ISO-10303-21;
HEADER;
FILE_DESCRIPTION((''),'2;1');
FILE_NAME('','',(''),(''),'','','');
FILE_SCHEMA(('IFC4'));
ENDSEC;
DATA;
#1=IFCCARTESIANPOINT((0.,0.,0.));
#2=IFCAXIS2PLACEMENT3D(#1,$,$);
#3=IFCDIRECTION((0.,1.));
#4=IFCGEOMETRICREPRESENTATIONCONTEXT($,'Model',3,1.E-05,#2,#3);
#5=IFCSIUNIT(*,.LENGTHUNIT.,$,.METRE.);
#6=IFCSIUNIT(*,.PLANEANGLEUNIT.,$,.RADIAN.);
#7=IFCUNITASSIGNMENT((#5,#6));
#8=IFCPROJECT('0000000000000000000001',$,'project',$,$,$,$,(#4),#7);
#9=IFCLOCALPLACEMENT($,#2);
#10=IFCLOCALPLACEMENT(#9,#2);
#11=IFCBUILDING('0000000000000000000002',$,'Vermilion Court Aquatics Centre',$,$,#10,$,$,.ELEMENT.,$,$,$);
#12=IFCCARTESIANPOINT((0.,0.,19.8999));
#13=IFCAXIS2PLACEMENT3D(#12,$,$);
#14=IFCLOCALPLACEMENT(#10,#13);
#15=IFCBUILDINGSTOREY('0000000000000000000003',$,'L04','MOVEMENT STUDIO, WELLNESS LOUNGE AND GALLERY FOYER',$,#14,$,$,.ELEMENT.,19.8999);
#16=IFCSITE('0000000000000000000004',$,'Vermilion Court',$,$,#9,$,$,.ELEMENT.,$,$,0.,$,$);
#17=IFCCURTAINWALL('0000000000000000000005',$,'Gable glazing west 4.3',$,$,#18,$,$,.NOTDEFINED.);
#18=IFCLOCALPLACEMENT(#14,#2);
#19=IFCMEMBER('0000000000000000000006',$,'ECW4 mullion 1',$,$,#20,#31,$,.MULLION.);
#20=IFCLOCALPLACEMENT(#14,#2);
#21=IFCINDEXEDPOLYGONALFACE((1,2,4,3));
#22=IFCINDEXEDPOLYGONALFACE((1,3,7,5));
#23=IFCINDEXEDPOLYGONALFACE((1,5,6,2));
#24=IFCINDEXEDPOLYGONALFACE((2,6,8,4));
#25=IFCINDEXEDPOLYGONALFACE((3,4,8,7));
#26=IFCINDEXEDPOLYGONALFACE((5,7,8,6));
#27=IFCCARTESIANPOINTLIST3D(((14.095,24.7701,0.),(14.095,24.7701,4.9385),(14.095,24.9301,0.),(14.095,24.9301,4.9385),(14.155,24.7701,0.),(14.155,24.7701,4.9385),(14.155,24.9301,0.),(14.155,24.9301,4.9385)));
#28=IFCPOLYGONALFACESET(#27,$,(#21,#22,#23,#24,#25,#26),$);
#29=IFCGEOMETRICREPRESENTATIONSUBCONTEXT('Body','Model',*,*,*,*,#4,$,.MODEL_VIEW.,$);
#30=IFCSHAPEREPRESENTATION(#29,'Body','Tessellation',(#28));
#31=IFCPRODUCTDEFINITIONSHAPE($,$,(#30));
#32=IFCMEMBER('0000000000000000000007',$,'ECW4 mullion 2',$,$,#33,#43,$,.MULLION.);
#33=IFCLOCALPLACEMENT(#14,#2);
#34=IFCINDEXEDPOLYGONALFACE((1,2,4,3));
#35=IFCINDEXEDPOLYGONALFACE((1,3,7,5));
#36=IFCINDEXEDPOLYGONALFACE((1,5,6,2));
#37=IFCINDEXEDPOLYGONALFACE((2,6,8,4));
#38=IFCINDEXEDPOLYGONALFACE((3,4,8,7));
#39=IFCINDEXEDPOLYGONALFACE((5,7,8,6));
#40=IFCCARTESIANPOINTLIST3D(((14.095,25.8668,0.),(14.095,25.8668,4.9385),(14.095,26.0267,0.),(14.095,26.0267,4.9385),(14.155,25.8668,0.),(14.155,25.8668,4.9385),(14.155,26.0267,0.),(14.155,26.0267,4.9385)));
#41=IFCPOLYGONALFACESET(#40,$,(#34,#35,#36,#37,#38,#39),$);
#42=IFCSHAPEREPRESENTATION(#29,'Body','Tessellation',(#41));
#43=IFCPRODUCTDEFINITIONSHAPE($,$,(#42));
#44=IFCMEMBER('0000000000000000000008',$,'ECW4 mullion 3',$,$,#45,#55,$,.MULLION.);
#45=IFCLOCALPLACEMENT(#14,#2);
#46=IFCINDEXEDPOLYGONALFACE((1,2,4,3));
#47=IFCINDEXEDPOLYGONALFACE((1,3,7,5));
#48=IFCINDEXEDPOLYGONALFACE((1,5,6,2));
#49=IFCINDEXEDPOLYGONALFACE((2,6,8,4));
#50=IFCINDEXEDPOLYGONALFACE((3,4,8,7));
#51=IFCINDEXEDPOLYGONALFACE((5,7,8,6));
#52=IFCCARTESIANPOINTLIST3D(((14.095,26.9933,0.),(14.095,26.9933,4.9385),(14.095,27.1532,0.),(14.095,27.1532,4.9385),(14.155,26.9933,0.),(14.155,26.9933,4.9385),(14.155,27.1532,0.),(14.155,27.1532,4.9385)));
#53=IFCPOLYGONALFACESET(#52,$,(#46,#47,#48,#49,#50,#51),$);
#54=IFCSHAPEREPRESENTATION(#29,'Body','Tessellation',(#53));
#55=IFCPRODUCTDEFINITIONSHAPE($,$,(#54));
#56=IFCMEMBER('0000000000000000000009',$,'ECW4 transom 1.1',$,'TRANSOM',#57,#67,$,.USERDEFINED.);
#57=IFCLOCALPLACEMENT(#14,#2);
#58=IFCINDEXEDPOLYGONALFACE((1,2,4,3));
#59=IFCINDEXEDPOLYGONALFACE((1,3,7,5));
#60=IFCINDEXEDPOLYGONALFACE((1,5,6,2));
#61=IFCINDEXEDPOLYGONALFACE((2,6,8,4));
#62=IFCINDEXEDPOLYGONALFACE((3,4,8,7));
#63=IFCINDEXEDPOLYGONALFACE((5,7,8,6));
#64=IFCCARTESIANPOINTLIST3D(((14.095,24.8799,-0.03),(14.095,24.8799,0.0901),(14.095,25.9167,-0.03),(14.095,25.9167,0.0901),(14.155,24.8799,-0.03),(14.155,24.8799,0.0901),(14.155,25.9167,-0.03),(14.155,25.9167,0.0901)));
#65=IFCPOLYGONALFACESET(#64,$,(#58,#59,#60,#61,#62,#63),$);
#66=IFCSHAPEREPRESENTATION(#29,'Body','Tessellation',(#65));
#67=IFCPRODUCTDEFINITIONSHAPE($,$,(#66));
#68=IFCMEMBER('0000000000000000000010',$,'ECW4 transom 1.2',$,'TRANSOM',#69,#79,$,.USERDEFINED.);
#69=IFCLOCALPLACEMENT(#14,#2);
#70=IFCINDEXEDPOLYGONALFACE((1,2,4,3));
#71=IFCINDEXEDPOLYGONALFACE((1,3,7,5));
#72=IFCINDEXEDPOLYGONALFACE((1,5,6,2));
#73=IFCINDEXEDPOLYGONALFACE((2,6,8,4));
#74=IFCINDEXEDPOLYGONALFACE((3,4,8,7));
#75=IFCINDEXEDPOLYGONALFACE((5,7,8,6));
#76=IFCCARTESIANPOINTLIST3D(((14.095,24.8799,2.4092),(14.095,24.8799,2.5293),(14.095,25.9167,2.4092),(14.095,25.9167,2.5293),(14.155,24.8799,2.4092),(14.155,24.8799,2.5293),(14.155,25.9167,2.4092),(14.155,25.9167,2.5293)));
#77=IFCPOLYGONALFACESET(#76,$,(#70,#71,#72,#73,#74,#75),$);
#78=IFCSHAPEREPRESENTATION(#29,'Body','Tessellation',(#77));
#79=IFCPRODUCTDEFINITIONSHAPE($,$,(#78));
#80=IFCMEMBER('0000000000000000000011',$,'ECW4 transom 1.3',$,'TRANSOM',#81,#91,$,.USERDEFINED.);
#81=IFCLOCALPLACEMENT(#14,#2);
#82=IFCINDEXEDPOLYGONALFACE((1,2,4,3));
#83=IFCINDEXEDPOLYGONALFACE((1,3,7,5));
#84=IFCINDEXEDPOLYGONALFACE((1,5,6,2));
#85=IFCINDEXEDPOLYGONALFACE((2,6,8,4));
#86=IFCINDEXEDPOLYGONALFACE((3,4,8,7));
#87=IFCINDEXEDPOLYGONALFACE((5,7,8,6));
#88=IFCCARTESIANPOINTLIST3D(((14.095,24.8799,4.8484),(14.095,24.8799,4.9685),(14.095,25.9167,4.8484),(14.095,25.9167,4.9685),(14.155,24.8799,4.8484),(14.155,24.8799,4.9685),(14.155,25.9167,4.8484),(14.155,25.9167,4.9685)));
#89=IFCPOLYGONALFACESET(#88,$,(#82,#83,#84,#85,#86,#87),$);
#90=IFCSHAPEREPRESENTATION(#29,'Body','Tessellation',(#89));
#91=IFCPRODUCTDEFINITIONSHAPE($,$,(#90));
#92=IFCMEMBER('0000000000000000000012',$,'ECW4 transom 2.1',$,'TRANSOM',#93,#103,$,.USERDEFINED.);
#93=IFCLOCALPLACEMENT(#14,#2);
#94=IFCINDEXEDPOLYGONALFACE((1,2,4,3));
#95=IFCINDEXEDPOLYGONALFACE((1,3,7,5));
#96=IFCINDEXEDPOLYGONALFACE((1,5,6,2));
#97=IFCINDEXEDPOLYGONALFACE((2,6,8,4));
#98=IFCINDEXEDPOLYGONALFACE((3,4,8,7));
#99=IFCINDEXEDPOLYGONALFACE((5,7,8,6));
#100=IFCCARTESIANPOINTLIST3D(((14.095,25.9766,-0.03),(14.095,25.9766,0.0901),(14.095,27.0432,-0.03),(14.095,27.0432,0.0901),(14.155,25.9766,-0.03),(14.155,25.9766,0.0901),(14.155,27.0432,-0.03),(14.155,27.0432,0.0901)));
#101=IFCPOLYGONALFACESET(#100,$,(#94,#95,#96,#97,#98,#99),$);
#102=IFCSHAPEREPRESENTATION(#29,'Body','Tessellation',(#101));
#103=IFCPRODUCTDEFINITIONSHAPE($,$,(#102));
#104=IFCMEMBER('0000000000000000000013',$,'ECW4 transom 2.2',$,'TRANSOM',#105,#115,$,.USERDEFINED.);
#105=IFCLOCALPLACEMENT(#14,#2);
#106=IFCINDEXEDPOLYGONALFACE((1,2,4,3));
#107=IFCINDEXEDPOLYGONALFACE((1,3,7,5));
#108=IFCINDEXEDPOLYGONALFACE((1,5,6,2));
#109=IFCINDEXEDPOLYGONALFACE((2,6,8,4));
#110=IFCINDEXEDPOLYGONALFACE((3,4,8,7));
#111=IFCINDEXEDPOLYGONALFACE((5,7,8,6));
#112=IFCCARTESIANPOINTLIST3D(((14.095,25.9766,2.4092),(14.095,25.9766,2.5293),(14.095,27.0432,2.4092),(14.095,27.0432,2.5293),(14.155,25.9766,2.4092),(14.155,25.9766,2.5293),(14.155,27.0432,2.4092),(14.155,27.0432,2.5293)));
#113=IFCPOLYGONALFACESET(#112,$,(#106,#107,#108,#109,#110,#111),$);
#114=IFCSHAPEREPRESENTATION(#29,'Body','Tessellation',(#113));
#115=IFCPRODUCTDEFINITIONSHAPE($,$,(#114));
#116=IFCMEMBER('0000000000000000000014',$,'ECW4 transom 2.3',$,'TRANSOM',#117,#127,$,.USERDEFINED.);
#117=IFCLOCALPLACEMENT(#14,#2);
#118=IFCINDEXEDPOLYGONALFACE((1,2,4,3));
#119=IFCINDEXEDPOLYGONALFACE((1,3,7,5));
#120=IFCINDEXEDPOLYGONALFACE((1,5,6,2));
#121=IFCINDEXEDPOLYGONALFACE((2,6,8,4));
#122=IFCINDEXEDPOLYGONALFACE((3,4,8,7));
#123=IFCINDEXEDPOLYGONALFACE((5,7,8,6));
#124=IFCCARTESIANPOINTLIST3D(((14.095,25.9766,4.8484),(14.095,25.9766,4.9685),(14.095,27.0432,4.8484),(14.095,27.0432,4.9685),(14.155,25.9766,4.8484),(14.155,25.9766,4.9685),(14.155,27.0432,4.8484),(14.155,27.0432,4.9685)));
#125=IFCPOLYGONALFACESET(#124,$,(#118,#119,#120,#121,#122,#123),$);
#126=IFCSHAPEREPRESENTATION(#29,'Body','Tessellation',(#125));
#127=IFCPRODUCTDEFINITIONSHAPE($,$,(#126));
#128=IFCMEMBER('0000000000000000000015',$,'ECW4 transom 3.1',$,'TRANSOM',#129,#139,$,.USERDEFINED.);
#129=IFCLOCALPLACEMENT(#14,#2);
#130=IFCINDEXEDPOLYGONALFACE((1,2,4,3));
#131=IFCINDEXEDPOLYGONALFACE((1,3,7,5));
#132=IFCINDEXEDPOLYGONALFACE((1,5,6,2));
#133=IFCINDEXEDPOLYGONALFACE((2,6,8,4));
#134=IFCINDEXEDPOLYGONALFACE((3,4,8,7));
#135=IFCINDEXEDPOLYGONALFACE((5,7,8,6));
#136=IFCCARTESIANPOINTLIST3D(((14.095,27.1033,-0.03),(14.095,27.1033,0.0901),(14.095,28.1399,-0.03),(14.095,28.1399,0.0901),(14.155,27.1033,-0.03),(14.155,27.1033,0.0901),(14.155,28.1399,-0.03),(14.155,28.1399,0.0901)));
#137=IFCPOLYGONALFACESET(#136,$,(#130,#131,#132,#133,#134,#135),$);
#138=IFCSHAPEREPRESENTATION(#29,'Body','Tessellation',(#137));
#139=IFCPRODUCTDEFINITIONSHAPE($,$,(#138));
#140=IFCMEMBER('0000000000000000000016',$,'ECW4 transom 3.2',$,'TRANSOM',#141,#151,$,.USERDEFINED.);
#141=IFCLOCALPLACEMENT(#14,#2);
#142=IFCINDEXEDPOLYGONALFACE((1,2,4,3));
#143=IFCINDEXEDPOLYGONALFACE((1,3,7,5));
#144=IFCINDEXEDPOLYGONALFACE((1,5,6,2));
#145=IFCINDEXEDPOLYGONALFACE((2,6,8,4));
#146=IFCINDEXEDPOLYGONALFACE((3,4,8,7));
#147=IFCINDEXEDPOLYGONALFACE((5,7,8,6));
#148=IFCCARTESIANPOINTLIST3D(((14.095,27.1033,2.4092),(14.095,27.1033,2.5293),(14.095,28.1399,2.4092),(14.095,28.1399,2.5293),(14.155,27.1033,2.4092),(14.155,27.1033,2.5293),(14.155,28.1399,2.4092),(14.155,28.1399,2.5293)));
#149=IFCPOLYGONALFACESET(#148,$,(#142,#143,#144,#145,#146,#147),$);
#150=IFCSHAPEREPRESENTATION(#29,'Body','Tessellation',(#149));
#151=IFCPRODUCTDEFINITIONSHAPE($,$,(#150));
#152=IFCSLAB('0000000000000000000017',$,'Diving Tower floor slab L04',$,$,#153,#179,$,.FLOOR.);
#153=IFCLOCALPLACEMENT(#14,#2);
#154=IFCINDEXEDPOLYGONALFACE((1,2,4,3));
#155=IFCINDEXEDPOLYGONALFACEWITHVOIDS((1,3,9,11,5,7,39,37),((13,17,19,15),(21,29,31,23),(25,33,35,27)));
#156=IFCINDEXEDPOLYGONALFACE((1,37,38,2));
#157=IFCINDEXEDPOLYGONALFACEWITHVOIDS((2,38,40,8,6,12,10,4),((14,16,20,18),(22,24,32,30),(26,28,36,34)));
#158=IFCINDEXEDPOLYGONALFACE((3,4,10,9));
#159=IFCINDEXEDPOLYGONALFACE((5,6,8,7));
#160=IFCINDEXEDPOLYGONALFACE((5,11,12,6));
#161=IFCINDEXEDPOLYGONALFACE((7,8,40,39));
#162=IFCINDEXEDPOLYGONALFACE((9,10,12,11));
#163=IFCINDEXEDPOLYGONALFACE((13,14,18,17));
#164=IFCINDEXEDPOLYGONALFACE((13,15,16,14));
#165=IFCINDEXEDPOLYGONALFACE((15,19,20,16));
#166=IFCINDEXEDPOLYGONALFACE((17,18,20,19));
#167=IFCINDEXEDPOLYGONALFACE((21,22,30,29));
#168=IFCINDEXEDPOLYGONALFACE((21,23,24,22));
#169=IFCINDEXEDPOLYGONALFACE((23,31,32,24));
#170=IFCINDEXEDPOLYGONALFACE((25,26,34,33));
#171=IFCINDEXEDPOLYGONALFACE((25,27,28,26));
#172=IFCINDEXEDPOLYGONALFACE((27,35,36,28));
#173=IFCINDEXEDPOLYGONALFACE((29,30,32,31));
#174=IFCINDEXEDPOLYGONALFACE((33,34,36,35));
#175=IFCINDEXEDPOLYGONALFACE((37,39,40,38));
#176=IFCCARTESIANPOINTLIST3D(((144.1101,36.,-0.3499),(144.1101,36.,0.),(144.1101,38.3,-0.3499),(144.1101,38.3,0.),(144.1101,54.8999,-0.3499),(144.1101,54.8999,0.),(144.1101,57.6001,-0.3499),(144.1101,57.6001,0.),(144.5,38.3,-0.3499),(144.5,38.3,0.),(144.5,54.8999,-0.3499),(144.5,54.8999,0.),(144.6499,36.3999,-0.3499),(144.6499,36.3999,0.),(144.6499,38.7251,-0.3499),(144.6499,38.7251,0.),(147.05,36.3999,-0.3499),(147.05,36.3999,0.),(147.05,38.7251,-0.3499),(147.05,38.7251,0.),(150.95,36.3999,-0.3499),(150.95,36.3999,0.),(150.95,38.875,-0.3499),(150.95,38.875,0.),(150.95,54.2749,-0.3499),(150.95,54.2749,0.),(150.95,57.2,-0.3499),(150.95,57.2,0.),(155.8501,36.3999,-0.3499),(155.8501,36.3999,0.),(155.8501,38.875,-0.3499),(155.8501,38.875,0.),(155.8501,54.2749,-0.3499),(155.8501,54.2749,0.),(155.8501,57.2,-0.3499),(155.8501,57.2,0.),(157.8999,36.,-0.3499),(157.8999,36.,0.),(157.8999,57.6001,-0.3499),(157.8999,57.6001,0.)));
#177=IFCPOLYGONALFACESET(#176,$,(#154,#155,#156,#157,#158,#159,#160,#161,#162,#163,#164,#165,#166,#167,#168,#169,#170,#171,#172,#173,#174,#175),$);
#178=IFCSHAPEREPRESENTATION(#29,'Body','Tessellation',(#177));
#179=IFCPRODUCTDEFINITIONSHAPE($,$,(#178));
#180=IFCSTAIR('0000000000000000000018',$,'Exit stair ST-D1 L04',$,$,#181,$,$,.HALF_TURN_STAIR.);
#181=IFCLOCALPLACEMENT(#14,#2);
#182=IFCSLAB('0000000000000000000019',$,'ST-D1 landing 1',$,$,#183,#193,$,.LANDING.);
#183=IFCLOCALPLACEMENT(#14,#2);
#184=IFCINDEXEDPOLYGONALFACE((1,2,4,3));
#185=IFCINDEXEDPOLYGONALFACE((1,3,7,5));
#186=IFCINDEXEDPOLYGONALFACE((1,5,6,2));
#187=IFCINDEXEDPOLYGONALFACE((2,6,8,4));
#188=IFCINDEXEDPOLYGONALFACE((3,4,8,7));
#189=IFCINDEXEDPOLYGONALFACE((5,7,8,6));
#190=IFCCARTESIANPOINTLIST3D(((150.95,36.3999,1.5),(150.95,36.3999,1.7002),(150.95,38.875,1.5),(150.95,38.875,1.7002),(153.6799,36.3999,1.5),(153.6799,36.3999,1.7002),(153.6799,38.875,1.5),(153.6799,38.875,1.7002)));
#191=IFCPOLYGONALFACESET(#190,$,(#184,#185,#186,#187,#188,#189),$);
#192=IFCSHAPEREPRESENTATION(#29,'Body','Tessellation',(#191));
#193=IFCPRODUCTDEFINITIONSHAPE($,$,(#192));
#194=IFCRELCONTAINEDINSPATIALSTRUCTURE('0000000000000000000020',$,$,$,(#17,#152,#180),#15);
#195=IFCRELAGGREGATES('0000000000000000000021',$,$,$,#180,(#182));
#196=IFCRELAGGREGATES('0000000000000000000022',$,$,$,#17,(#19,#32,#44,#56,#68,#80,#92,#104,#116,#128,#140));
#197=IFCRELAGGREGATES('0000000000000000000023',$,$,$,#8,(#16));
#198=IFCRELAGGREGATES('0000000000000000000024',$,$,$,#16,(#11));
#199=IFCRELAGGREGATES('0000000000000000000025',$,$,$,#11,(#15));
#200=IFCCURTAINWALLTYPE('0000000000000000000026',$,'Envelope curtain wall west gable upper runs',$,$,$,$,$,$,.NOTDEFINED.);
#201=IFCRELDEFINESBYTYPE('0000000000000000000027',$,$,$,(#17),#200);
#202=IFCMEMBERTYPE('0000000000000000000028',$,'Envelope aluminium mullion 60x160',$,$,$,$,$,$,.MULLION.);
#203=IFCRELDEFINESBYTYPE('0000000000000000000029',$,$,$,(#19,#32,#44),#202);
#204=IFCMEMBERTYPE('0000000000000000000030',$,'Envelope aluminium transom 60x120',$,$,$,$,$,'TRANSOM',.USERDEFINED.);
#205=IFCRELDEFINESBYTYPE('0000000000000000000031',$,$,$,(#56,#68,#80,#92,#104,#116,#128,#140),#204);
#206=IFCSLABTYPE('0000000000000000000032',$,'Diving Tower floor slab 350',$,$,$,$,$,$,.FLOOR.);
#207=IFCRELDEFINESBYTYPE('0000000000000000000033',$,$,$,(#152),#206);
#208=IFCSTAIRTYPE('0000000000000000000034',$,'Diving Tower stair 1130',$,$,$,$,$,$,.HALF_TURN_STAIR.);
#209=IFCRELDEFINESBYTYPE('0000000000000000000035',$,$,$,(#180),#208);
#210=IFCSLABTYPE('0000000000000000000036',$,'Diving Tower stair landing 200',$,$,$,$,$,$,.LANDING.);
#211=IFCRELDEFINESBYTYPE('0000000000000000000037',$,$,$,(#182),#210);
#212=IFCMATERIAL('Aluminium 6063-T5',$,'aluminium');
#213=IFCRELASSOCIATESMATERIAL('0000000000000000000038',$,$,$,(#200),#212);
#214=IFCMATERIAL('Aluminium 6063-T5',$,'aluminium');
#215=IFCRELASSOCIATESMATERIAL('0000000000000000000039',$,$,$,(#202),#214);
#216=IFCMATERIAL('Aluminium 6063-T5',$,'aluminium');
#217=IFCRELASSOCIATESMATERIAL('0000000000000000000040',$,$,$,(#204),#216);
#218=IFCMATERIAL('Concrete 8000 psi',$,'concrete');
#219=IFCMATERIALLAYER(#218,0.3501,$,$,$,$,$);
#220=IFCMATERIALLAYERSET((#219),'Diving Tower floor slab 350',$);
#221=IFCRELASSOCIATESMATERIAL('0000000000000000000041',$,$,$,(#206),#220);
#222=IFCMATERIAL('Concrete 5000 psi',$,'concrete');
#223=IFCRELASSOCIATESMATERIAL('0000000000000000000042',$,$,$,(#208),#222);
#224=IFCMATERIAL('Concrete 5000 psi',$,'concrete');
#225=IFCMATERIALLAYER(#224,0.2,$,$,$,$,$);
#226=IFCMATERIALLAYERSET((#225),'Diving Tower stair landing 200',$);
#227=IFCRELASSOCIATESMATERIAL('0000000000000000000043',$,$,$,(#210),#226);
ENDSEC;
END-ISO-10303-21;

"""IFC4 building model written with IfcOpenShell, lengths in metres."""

from ifc_helpers import new_model, si_unit, direction, frame, origin, origin_2d, place, context, subcontext, project, spatial, polyline, rectangle, outline, extrude, material, layer, layer_set, material_profile, profile_set, type_object, element, aggregate, save


model = new_model("IFC4")

# Units and contexts
model_context = context("Model", 3, precision=1e-05, world=origin(), true_north=direction((0.0, 1.0)))
body_context = subcontext(model_context, "Body", "Model", "MODEL_VIEW")
ifc_project = project(units=[si_unit("LENGTHUNIT", "METRE"), si_unit("PLANEANGLEUNIT", "RADIAN")], contexts=[model_context])

# Site, building, storey
site_placement = place(None, origin())
site = spatial("IfcSite", under=ifc_project, at=site_placement, Name="Vermilion Court", CompositionType="ELEMENT", RefElevation=0.0)
building_placement = place(site_placement, origin())
building = spatial("IfcBuilding", under=site, at=building_placement, Name="Vermilion Court Aquatics Centre", CompositionType="ELEMENT")
storey_placement = place(building_placement, frame((0.0, 0.0, 19.8999)))
storey = spatial("IfcBuildingStorey", under=building, at=storey_placement, Name="L04", Description="MOVEMENT STUDIO, WELLNESS LOUNGE AND GALLERY FOYER", CompositionType="ELEMENT", Elevation=19.8999)

# Curtain wall, members
ifc_material_1 = material(Name="Aluminium 6063-T5", Category="aluminium")
curtain_wall_type = type_object("IfcCurtainWallType", Name="Envelope curtain wall west gable upper runs", PredefinedType="NOTDEFINED", material=ifc_material_1)
curtain_wall_placement = place(storey_placement, origin())
curtain_wall = element("IfcCurtainWall", 1, at=curtain_wall_placement, inside=storey, type_object=curtain_wall_type, Name="Gable glazing west 4.3", PredefinedType="NOTDEFINED")
ifc_material_2 = material(Name="Aluminium 6063-T5", Category="aluminium")
ifc_material_profile_1 = material_profile(ifc_material_2, rectangle(XDim=0.0601, YDim=0.1599, at=origin_2d()), Name="AL 60x160")
ifc_profile_set_1 = profile_set([ifc_material_profile_1], Name="Aluminium 6063-T5")
member_type_1 = type_object("IfcMemberType", Name="Envelope aluminium mullion 60x160", PredefinedType="MULLION", material=ifc_profile_set_1)
member_1_placement = place(storey_placement, frame((14.125, 24.8501, 0.0), z_axis=(0.0, 0.0, 1.0), x_axis=(-1.0, 0.0, 0.0)))
member_1 = element("IfcMember", 2, at=member_1_placement, type_object=member_type_1, Name="ECW4 mullion 1", PredefinedType="MULLION", context=body_context, shape_type="SweptSolid", body=[
    extrude(rectangle(XDim=0.0601, YDim=0.1599, at=origin_2d()), origin(), (0.0, 0.0, 1.0), 4.9385),
])
member_2_placement = place(storey_placement, frame((14.125, 25.9468, 0.0), z_axis=(0.0, 0.0, 1.0), x_axis=(-1.0, 0.0, 0.0)))
member_2 = element("IfcMember", 3, at=member_2_placement, type_object=member_type_1, Name="ECW4 mullion 2", PredefinedType="MULLION", context=body_context, shape_type="SweptSolid", body=[
    extrude(rectangle(XDim=0.0601, YDim=0.1599, at=origin_2d()), origin(), (0.0, 0.0, 1.0), 4.9385),
])
member_3_placement = place(storey_placement, frame((14.125, 27.0732, 0.0), z_axis=(0.0, 0.0, 1.0), x_axis=(-1.0, 0.0, 0.0)))
member_3 = element("IfcMember", 4, at=member_3_placement, type_object=member_type_1, Name="ECW4 mullion 3", PredefinedType="MULLION", context=body_context, shape_type="SweptSolid", body=[
    extrude(rectangle(XDim=0.0601, YDim=0.1599, at=origin_2d()), origin(), (0.0, 0.0, 1.0), 4.9385),
])
ifc_material_3 = material(Name="Aluminium 6063-T5", Category="aluminium")
ifc_material_profile_2 = material_profile(ifc_material_3, rectangle(XDim=0.0601, YDim=0.1201, at=origin_2d()), Name="AL 60x120")
ifc_profile_set_2 = profile_set([ifc_material_profile_2], Name="Aluminium 6063-T5")
member_type_2 = type_object("IfcMemberType", Name="Envelope aluminium transom 60x120", ElementType="TRANSOM", PredefinedType="USERDEFINED", material=ifc_profile_set_2)
member_4_placement = place(storey_placement, frame((14.125, 24.8799, 0.03), z_axis=(0.0, 1.0, 0.0), x_axis=(-1.0, 0.0, 0.0)))
member_4 = element("IfcMember", 5, at=member_4_placement, type_object=member_type_2, Name="ECW4 transom 1.1", ObjectType="TRANSOM", PredefinedType="USERDEFINED", context=body_context, shape_type="SweptSolid", body=[
    extrude(rectangle(XDim=0.0601, YDim=0.1201, at=origin_2d()), origin(), (0.0, 0.0, 1.0), 1.0369),
])
member_5_placement = place(storey_placement, frame((14.125, 24.8799, 2.4692), z_axis=(0.0, 1.0, 0.0), x_axis=(-1.0, 0.0, 0.0)))
member_5 = element("IfcMember", 6, at=member_5_placement, type_object=member_type_2, Name="ECW4 transom 1.2", ObjectType="TRANSOM", PredefinedType="USERDEFINED", context=body_context, shape_type="SweptSolid", body=[
    extrude(rectangle(XDim=0.0601, YDim=0.1201, at=origin_2d()), origin(), (0.0, 0.0, 1.0), 1.0369),
])
member_6_placement = place(storey_placement, frame((14.125, 24.8799, 4.9084), z_axis=(0.0, 1.0, 0.0), x_axis=(-1.0, 0.0, 0.0)))
member_6 = element("IfcMember", 7, at=member_6_placement, type_object=member_type_2, Name="ECW4 transom 1.3", ObjectType="TRANSOM", PredefinedType="USERDEFINED", context=body_context, shape_type="SweptSolid", body=[
    extrude(rectangle(XDim=0.0601, YDim=0.1201, at=origin_2d()), origin(), (0.0, 0.0, 1.0), 1.0369),
])
member_7_placement = place(storey_placement, frame((14.125, 25.9766, 0.03), z_axis=(0.0, 1.0, 0.0), x_axis=(-1.0, 0.0, 0.0)))
member_7 = element("IfcMember", 8, at=member_7_placement, type_object=member_type_2, Name="ECW4 transom 2.1", ObjectType="TRANSOM", PredefinedType="USERDEFINED", context=body_context, shape_type="SweptSolid", body=[
    extrude(rectangle(XDim=0.0601, YDim=0.1201, at=origin_2d()), origin(), (0.0, 0.0, 1.0), 1.0667),
])
member_8_placement = place(storey_placement, frame((14.125, 25.9766, 2.4692), z_axis=(0.0, 1.0, 0.0), x_axis=(-1.0, 0.0, 0.0)))
member_8 = element("IfcMember", 9, at=member_8_placement, type_object=member_type_2, Name="ECW4 transom 2.2", ObjectType="TRANSOM", PredefinedType="USERDEFINED", context=body_context, shape_type="SweptSolid", body=[
    extrude(rectangle(XDim=0.0601, YDim=0.1201, at=origin_2d()), origin(), (0.0, 0.0, 1.0), 1.0667),
])
member_9_placement = place(storey_placement, frame((14.125, 25.9766, 4.9084), z_axis=(0.0, 1.0, 0.0), x_axis=(-1.0, 0.0, 0.0)))
member_9 = element("IfcMember", 10, at=member_9_placement, type_object=member_type_2, Name="ECW4 transom 2.3", ObjectType="TRANSOM", PredefinedType="USERDEFINED", context=body_context, shape_type="SweptSolid", body=[
    extrude(rectangle(XDim=0.0601, YDim=0.1201, at=origin_2d()), origin(), (0.0, 0.0, 1.0), 1.0667),
])
member_10_placement = place(storey_placement, frame((14.125, 27.1033, 0.03), z_axis=(0.0, 1.0, 0.0), x_axis=(-1.0, 0.0, 0.0)))
member_10 = element("IfcMember", 11, at=member_10_placement, type_object=member_type_2, Name="ECW4 transom 3.1", ObjectType="TRANSOM", PredefinedType="USERDEFINED", context=body_context, shape_type="SweptSolid", body=[
    extrude(rectangle(XDim=0.0601, YDim=0.1201, at=origin_2d()), origin(), (0.0, 0.0, 1.0), 1.0366),
])
member_11_placement = place(storey_placement, frame((14.125, 27.1033, 2.4692), z_axis=(0.0, 1.0, 0.0), x_axis=(-1.0, 0.0, 0.0)))
member_11 = element("IfcMember", 12, at=member_11_placement, type_object=member_type_2, Name="ECW4 transom 3.2", ObjectType="TRANSOM", PredefinedType="USERDEFINED", context=body_context, shape_type="SweptSolid", body=[
    extrude(rectangle(XDim=0.0601, YDim=0.1201, at=origin_2d()), origin(), (0.0, 0.0, 1.0), 1.0366),
])

# Slab
ifc_material_4 = material(Name="Concrete 8000 psi", Category="concrete")
ifc_layer_1 = layer(ifc_material_4, 0.3501)
ifc_layer_set_1 = layer_set([ifc_layer_1], Name="Diving Tower floor slab 350")
slab_type_1 = type_object("IfcSlabType", Name="Diving Tower floor slab 350", PredefinedType="FLOOR", material=ifc_layer_set_1)
slab_1_placement = place(storey_placement, frame((0.0, 0.0, -0.3499)))
element("IfcSlab", 13, at=slab_1_placement, inside=storey, type_object=slab_type_1, Name="Diving Tower floor slab L04", PredefinedType="FLOOR", context=body_context, shape_type="SweptSolid", body=[
    extrude(outline(polyline([(144.1101, 36.0), (157.8999, 36.0), (157.8999, 57.6001), (144.1101, 57.6001), (144.1101, 54.8999), (144.5, 54.8999), (144.5, 38.3), (144.1101, 38.3), (144.1101, 36.0)]), holes=[polyline([(144.6499, 36.3999), (147.05, 36.3999), (147.05, 38.7251), (144.6499, 38.7251), (144.6499, 36.3999)]), polyline([(150.95, 36.3999), (155.8501, 36.3999), (155.8501, 38.875), (150.95, 38.875), (150.95, 36.3999)]), polyline([(150.95, 54.2749), (155.8501, 54.2749), (155.8501, 57.2), (150.95, 57.2), (150.95, 54.2749)])]), origin(), (0.0, 0.0, 1.0), 0.3499),
])

# Stair, slab
ifc_material_5 = material(Name="Concrete 5000 psi", Category="concrete")
stair_type_1 = type_object("IfcStairType", Name="Diving Tower stair 1130", PredefinedType="HALF_TURN_STAIR", material=ifc_material_5)
stair_1_placement = place(storey_placement, origin())
stair_1 = element("IfcStair", 14, at=stair_1_placement, inside=storey, type_object=stair_type_1, Name="Exit stair ST-D1 L04", PredefinedType="HALF_TURN_STAIR")
ifc_material_6 = material(Name="Concrete 5000 psi", Category="concrete")
ifc_layer_2 = layer(ifc_material_6, 0.2)
ifc_layer_set_2 = layer_set([ifc_layer_2], Name="Diving Tower stair landing 200")
slab_type_2 = type_object("IfcSlabType", Name="Diving Tower stair landing 200", PredefinedType="LANDING", material=ifc_layer_set_2)
slab_2_placement = place(storey_placement, frame((0.0, 0.0, 1.5)))
slab_2 = element("IfcSlab", 15, at=slab_2_placement, type_object=slab_type_2, Name="ST-D1 landing 1", PredefinedType="LANDING", context=body_context, shape_type="SweptSolid", body=[
    extrude(outline(polyline([(150.95, 36.3999), (153.6799, 36.3999), (153.6799, 38.875), (150.95, 38.875), (150.95, 36.3999)])), origin(), (0.0, 0.0, 1.0), 0.2002),
])
aggregate(stair_1, [slab_2])

aggregate(curtain_wall, [member_1, member_2, member_3, member_4, member_5, member_6, member_7, member_8, member_9, member_10, member_11])

save(model, "model.ifc")
